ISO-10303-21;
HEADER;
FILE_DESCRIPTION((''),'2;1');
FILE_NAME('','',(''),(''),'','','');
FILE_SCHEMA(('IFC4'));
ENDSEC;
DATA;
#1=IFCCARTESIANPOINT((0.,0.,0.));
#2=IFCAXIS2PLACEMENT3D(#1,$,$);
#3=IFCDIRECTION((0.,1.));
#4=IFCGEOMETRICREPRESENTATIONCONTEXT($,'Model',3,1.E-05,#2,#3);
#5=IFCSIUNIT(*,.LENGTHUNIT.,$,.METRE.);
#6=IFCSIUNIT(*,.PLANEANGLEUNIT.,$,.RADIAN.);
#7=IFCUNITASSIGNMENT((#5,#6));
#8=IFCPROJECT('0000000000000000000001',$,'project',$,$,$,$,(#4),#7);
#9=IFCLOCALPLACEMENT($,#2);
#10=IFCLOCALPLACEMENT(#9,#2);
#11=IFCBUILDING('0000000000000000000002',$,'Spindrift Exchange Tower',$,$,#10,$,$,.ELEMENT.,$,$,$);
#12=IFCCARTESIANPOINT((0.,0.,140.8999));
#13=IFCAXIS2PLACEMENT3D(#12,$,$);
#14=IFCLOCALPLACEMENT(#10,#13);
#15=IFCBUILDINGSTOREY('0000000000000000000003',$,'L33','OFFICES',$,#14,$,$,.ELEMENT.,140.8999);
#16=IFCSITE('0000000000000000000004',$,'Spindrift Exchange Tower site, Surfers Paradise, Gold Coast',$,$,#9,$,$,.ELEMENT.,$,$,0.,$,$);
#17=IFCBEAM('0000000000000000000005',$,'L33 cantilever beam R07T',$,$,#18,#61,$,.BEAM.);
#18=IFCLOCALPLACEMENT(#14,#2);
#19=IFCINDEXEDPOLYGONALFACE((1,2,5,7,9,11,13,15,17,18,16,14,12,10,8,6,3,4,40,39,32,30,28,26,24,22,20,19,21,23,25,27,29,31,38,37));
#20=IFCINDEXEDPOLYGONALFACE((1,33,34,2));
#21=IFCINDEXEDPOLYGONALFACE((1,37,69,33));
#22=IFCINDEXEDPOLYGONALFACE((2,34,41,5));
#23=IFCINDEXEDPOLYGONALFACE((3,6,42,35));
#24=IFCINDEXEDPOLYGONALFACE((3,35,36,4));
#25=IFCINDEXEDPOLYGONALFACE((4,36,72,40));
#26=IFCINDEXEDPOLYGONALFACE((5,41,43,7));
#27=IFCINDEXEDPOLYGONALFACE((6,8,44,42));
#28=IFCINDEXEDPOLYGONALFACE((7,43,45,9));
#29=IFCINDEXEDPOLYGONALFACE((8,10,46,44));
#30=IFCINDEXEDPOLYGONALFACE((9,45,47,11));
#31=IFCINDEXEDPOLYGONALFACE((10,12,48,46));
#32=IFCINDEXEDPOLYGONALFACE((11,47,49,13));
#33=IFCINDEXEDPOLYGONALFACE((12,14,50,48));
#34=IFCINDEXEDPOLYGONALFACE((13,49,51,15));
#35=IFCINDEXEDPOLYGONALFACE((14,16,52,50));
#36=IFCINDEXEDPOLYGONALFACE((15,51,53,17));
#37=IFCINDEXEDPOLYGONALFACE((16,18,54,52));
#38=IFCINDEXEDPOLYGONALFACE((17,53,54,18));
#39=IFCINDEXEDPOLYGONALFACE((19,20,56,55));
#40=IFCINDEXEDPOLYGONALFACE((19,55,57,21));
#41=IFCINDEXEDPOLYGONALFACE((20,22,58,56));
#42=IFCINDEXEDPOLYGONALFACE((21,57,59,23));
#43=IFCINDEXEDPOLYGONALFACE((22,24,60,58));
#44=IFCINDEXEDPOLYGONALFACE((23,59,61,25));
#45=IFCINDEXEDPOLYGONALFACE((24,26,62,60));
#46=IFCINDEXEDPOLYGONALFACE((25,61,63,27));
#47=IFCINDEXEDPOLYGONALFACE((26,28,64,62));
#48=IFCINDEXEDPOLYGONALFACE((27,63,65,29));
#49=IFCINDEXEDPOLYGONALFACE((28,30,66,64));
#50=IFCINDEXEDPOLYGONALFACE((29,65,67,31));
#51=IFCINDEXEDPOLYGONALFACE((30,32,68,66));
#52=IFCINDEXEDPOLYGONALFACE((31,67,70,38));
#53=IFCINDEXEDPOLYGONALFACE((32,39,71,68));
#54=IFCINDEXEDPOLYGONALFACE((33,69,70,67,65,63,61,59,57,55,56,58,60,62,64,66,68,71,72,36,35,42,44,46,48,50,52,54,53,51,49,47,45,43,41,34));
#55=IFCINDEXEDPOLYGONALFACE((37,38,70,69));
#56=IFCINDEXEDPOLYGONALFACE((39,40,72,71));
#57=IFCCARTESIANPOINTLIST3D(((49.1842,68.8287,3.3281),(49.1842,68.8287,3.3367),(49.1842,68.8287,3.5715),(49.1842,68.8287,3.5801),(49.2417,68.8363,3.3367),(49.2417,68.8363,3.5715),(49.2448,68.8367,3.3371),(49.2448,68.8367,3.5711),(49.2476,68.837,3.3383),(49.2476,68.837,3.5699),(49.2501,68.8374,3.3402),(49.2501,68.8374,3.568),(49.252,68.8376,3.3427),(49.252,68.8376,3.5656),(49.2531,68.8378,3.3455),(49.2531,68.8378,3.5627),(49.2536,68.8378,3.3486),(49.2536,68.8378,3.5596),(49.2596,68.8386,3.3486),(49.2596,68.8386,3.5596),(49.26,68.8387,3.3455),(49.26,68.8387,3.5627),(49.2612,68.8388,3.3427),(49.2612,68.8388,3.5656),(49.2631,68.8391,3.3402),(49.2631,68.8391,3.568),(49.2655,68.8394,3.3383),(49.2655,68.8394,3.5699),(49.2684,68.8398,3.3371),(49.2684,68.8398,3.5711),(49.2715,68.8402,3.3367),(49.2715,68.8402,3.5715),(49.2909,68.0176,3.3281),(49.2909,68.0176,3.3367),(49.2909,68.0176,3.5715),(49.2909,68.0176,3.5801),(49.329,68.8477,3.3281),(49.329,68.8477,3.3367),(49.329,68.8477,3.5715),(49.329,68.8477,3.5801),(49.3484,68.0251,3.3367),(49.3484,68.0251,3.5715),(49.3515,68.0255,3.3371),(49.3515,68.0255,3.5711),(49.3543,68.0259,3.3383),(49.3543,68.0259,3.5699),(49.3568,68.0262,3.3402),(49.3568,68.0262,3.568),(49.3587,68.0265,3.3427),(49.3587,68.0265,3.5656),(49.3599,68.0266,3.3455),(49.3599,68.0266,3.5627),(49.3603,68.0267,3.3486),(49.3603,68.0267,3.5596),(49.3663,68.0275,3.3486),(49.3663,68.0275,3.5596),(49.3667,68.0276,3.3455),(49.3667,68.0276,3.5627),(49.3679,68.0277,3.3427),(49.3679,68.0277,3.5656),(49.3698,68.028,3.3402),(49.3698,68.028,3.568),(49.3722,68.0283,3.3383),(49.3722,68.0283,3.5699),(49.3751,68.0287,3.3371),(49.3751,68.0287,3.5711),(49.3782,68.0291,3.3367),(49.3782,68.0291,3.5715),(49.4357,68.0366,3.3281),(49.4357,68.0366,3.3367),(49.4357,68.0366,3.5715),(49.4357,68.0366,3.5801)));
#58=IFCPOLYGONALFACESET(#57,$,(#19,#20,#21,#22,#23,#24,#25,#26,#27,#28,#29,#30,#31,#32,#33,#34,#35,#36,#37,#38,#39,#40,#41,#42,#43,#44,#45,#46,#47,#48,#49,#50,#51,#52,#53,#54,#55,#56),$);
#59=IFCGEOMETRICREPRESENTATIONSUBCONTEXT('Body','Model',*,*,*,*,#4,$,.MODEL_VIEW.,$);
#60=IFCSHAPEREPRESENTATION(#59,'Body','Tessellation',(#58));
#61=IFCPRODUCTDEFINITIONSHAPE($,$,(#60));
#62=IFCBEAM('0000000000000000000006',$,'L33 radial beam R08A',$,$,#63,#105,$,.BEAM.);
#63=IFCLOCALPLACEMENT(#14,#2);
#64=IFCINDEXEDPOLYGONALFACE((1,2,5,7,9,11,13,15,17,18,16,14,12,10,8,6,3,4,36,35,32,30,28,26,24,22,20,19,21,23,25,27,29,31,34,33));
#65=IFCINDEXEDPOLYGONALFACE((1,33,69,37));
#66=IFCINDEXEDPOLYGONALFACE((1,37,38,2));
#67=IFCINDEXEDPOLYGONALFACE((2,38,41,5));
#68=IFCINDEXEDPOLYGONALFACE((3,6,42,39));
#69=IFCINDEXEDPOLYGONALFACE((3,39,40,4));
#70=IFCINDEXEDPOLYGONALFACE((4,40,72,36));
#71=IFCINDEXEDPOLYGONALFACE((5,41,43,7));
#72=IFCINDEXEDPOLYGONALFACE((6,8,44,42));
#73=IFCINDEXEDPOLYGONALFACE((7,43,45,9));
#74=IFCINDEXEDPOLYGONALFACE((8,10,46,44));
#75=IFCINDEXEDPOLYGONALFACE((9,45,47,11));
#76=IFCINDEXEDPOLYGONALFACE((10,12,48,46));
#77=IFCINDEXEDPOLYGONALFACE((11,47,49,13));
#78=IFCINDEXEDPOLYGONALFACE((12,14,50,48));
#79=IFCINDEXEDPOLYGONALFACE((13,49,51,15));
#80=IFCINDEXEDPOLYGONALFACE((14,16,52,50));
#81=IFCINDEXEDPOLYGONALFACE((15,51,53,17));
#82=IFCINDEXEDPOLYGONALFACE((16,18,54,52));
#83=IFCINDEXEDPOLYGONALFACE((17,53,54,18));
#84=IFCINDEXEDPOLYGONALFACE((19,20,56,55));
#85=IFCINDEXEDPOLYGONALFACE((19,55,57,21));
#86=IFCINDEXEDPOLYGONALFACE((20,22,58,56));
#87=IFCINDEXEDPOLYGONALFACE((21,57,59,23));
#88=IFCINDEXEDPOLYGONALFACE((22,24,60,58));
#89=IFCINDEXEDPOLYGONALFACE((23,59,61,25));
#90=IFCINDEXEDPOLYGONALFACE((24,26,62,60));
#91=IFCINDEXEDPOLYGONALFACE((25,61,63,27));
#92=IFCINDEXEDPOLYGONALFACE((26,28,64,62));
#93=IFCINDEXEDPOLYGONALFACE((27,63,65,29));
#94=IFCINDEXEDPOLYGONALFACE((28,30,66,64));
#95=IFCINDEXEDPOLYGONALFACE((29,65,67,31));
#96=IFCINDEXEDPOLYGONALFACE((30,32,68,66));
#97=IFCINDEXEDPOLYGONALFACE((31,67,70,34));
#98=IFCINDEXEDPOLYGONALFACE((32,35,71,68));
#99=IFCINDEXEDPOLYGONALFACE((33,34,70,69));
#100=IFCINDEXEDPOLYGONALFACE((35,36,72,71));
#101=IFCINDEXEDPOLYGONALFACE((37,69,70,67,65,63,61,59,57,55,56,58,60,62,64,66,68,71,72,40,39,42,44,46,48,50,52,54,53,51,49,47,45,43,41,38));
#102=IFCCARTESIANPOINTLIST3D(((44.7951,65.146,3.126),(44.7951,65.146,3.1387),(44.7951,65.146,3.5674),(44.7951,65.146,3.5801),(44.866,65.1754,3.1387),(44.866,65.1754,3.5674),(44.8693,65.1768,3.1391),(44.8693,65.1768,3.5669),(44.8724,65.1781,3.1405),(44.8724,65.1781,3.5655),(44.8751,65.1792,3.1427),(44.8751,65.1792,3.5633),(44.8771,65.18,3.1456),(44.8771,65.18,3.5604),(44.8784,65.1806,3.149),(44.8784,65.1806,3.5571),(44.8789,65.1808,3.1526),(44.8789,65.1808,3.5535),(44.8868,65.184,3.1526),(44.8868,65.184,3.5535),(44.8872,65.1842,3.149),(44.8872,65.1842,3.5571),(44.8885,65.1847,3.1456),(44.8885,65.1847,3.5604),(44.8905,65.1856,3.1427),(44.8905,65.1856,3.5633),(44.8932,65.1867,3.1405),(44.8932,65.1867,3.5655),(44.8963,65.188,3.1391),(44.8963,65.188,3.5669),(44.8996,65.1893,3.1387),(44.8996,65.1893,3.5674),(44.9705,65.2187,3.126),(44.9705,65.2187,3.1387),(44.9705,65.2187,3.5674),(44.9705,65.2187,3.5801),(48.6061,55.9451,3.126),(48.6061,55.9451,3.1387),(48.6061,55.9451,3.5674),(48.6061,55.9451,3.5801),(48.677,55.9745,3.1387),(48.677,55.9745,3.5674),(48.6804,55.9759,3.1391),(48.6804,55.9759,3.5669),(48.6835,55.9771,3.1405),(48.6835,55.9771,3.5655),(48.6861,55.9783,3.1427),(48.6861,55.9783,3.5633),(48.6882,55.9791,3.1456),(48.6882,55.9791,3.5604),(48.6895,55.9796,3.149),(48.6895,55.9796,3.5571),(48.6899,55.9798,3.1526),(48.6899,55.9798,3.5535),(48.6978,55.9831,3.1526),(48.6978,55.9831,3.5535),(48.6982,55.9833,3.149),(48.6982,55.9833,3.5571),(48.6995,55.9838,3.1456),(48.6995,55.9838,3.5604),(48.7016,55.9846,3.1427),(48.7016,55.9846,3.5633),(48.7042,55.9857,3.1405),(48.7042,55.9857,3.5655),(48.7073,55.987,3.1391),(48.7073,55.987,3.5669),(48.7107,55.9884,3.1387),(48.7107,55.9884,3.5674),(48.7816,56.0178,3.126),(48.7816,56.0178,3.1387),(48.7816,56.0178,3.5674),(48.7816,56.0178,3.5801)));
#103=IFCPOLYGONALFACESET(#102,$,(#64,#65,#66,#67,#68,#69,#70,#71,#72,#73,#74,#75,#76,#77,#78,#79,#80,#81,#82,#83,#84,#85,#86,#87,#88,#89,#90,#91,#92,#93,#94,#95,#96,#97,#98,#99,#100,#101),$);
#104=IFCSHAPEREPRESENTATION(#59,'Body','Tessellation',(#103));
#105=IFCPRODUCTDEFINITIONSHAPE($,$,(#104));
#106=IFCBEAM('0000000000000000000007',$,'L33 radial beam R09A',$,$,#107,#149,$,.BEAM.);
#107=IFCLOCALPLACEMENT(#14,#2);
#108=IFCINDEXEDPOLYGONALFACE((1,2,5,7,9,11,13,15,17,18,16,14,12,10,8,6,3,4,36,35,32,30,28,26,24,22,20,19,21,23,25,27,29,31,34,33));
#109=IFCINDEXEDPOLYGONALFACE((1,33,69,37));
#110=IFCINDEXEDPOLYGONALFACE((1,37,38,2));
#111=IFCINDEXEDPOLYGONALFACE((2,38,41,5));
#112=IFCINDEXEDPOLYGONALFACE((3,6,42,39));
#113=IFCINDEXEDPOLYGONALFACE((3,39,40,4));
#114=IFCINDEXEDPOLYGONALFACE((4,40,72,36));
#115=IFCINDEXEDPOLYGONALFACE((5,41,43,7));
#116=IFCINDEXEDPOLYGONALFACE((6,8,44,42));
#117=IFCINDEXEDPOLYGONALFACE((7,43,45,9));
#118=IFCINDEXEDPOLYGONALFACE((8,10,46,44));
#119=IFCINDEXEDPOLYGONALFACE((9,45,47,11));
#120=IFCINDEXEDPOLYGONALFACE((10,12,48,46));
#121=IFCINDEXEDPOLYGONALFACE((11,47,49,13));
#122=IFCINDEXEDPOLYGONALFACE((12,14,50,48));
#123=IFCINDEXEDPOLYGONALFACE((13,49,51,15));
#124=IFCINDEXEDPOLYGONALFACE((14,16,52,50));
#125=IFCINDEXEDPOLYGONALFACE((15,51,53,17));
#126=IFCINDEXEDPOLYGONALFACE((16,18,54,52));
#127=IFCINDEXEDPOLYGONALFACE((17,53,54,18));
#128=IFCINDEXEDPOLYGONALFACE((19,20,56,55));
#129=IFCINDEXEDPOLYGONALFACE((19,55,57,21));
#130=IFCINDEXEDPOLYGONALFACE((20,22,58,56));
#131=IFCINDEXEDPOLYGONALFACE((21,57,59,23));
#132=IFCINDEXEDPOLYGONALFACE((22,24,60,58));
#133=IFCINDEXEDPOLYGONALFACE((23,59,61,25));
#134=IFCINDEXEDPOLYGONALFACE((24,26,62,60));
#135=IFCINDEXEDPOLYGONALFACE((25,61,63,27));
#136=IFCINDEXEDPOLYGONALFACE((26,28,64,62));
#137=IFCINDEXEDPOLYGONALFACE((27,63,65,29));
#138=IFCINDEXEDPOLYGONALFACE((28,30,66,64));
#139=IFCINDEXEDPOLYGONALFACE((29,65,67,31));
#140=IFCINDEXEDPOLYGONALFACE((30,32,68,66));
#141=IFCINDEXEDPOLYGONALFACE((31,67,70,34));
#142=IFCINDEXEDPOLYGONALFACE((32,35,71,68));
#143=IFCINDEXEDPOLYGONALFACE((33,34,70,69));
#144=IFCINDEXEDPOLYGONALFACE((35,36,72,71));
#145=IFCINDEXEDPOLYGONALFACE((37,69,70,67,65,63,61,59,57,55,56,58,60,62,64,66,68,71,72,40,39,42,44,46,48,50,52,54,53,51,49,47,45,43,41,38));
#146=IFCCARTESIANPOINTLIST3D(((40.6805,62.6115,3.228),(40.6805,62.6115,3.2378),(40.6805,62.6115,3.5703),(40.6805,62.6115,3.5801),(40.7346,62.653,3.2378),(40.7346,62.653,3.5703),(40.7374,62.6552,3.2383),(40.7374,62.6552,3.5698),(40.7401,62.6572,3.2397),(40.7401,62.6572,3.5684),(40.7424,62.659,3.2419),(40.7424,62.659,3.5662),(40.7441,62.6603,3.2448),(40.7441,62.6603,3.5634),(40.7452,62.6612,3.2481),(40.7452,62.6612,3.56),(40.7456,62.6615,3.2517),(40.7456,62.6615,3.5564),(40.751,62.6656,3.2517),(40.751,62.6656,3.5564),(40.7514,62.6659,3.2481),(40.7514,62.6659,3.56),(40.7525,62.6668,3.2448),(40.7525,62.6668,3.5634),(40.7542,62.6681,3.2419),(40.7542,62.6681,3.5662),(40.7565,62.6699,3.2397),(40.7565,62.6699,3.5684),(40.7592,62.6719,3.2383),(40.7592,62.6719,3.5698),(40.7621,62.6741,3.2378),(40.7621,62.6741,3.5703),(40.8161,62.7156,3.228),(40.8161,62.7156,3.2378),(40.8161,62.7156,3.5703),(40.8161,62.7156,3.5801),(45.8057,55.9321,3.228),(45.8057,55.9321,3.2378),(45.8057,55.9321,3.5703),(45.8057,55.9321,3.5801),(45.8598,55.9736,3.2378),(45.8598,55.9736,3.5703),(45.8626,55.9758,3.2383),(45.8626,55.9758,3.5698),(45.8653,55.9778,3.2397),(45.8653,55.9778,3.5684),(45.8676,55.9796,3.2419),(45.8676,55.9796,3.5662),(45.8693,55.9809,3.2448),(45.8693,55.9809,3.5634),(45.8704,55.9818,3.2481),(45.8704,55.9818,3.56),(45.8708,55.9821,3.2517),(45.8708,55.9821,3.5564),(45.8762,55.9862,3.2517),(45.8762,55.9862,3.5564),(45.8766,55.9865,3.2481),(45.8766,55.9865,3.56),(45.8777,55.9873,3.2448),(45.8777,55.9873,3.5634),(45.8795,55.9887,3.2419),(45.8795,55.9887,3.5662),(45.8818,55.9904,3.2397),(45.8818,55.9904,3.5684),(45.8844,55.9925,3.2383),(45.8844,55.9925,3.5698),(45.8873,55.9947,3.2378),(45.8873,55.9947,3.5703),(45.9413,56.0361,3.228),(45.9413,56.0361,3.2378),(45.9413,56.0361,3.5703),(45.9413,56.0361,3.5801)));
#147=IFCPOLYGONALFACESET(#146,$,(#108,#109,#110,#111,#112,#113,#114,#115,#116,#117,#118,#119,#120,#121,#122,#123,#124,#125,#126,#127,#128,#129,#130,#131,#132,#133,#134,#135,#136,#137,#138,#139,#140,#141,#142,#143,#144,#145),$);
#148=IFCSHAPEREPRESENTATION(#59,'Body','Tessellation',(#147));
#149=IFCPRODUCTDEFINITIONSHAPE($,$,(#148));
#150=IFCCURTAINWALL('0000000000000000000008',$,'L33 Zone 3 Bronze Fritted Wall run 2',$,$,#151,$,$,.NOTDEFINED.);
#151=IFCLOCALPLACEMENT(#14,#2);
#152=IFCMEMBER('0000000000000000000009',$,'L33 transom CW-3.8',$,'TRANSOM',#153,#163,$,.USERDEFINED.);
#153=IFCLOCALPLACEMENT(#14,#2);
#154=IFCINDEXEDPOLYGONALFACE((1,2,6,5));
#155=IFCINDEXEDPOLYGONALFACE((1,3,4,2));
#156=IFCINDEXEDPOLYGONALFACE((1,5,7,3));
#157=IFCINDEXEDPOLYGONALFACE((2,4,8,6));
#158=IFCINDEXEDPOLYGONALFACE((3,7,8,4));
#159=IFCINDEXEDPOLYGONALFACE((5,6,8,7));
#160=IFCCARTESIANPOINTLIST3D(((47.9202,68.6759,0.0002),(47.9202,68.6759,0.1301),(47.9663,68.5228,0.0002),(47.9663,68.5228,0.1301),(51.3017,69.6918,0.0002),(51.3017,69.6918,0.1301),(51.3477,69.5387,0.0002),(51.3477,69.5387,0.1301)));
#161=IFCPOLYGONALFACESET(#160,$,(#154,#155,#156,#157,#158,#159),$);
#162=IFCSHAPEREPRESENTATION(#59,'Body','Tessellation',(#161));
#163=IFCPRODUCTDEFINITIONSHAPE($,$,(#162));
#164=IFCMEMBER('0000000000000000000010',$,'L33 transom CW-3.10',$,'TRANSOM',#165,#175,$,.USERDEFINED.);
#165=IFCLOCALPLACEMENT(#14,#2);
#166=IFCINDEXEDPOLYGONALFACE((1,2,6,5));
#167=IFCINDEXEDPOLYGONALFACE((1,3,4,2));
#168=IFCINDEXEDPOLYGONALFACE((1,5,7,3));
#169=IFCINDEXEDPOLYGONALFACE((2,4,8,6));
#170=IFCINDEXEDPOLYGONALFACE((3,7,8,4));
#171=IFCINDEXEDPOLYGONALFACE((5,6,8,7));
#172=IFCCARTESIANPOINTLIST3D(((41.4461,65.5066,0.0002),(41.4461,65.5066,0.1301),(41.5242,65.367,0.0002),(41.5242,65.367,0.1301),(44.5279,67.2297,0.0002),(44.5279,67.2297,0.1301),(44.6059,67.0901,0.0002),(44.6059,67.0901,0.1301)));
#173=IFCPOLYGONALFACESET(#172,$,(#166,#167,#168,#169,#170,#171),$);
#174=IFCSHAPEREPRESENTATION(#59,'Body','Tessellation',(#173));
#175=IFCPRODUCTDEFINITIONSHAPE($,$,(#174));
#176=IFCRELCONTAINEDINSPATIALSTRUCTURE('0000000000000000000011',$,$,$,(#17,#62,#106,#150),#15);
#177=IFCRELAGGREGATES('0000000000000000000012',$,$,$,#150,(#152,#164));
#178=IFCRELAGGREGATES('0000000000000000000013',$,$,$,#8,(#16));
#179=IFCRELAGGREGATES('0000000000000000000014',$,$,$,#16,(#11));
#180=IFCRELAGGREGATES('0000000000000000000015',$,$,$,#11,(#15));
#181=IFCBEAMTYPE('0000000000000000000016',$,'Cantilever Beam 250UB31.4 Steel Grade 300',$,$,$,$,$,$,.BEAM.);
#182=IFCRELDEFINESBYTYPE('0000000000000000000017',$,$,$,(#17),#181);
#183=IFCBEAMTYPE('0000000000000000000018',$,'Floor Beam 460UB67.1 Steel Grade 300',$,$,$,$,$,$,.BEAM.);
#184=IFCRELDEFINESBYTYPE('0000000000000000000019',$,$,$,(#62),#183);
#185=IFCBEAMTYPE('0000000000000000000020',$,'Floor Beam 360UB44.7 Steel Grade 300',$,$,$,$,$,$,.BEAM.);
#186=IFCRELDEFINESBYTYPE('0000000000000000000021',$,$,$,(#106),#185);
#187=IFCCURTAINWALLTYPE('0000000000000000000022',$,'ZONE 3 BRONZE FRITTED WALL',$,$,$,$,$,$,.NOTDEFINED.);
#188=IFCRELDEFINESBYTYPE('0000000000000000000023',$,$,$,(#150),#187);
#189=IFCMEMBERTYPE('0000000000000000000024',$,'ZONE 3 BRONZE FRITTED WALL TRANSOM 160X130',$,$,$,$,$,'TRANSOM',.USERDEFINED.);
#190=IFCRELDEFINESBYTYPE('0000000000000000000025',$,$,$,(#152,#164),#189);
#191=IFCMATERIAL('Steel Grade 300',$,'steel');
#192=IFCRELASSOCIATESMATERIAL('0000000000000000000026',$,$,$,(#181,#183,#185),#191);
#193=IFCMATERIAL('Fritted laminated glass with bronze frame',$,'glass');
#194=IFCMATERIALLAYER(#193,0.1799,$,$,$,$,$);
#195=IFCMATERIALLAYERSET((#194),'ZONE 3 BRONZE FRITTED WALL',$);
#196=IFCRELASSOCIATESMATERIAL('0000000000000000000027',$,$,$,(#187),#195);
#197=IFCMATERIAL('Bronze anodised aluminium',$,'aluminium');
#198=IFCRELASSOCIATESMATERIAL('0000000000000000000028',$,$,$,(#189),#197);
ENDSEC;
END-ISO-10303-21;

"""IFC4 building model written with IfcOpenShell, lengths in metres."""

from ifc_helpers import new_model, si_unit, direction, frame, origin, origin_2d, place, context, subcontext, project, spatial, rectangle, i_section, extrude, source, transform, mapped, material, layer, layer_set, material_profile, profile_set, type_object, element, aggregate, save


model = new_model("IFC4")

# Units and contexts
model_context = context("Model", 3, precision=1e-05, world=origin(), true_north=direction((0.0, 1.0)))
body_context = subcontext(model_context, "Body", "Model", "MODEL_VIEW")
ifc_project = project(units=[si_unit("LENGTHUNIT", "METRE"), si_unit("PLANEANGLEUNIT", "RADIAN")], contexts=[model_context])

# Site, building, storey
site_placement = place(None, origin())
site = spatial("IfcSite", under=ifc_project, at=site_placement, Name="Spindrift Exchange Tower site, Surfers Paradise, Gold Coast", CompositionType="ELEMENT", RefElevation=0.0)
building_placement = place(site_placement, origin())
building = spatial("IfcBuilding", under=site, at=building_placement, Name="Spindrift Exchange Tower", CompositionType="ELEMENT")
storey_placement = place(building_placement, frame((0.0, 0.0, 140.8999)))
storey = spatial("IfcBuildingStorey", under=building, at=storey_placement, Name="L33", Description="OFFICES", CompositionType="ELEMENT", Elevation=140.8999)

# Beams
ifc_material_1 = material(Name="Steel Grade 300", Category="steel")
ifc_material_profile_1 = material_profile(ifc_material_1, i_section(OverallWidth=0.146, OverallDepth=0.252, WebThickness=0.0061, FlangeThickness=0.0085, FilletRadius=0.012, at=origin_2d()), Name="250UB31.4")
ifc_profile_set_1 = profile_set([ifc_material_profile_1], Name="Steel Grade 300")
beam_type_1 = type_object("IfcBeamType", Name="Cantilever Beam 250UB31.4 Steel Grade 300", PredefinedType="BEAM", material=ifc_profile_set_1)
shared_shape_1 = source(origin(), body_context, "Body", "SweptSolid", [
    extrude(i_section(OverallWidth=0.146, OverallDepth=0.252, WebThickness=0.0061, FlangeThickness=0.0085, FilletRadius=0.012, at=origin_2d()), origin(), (0.0, 0.0, 1.0), 0.8181),
])
beam_1_placement = place(storey_placement, frame((49.3633, 68.0271, 3.4541), z_axis=(-0.130424, 0.991458, 0.0), x_axis=(-0.991458, -0.130424, 0.0)))
element("IfcBeam", 1, at=beam_1_placement, inside=storey, type_object=beam_type_1, Name="L33 cantilever beam R07T", PredefinedType="BEAM", context=body_context, shape_type="MappedRepresentation", body=[
    mapped(shared_shape_1, transform((0.0, 0.0, 0.0), scale=1.0)),
])
ifc_material_profile_2 = material_profile(ifc_material_1, i_section(OverallWidth=0.1899, OverallDepth=0.4541, WebThickness=0.0085, FlangeThickness=0.0127, FilletRadius=0.0139, at=origin_2d()), Name="460UB67.1")
ifc_profile_set_2 = profile_set([ifc_material_profile_2], Name="Steel Grade 300")
beam_type_2 = type_object("IfcBeamType", Name="Floor Beam 460UB67.1 Steel Grade 300", PredefinedType="BEAM", material=ifc_profile_set_2)
shared_shape_2 = source(origin(), body_context, "Body", "SweptSolid", [
    extrude(i_section(OverallWidth=0.1899, OverallDepth=0.4541, WebThickness=0.0085, FlangeThickness=0.0127, FilletRadius=0.0139, at=origin_2d()), origin(), (0.0, 0.0, 1.0), 9.959),
])
beam_2_placement = place(storey_placement, frame((48.6938, 55.9814, 3.353), z_axis=(-0.382674, 0.923884, 0.0), x_axis=(-0.923884, -0.382674, 0.0)))
element("IfcBeam", 2, at=beam_2_placement, inside=storey, type_object=beam_type_2, Name="L33 radial beam R08A", PredefinedType="BEAM", context=body_context, shape_type="MappedRepresentation", body=[
    mapped(shared_shape_2, transform((0.0, 0.0, 0.0), scale=1.0)),
])
ifc_material_profile_3 = material_profile(ifc_material_1, i_section(OverallWidth=0.1709, OverallDepth=0.3521, WebThickness=0.0068, FlangeThickness=0.0098, FilletRadius=0.0139, at=origin_2d()), Name="360UB44.7")
ifc_profile_set_3 = profile_set([ifc_material_profile_3], Name="Steel Grade 300")
beam_type_3 = type_object("IfcBeamType", Name="Floor Beam 360UB44.7 Steel Grade 300", PredefinedType="BEAM", material=ifc_profile_set_3)
shared_shape_3 = source(origin(), body_context, "Body", "SweptSolid", [
    extrude(i_section(OverallWidth=0.1709, OverallDepth=0.3521, WebThickness=0.0068, FlangeThickness=0.0098, FilletRadius=0.0139, at=origin_2d()), origin(), (0.0, 0.0, 1.0), 8.4192),
])
beam_3_placement = place(storey_placement, frame((45.8735, 55.9841, 3.4041), z_axis=(-0.608756, 0.793358, 0.0), x_axis=(-0.793358, -0.608756, 0.0)))
element("IfcBeam", 3, at=beam_3_placement, inside=storey, type_object=beam_type_3, Name="L33 radial beam R09A", PredefinedType="BEAM", context=body_context, shape_type="MappedRepresentation", body=[
    mapped(shared_shape_3, transform((0.0, 0.0, 0.0), scale=1.0)),
])

# Curtain wall, members
ifc_material_2 = material(Name="Fritted laminated glass with bronze frame", Category="glass")
ifc_layer_1 = layer(ifc_material_2, 0.1799)
ifc_layer_set_1 = layer_set([ifc_layer_1], Name="ZONE 3 BRONZE FRITTED WALL")
curtain_wall_type = type_object("IfcCurtainWallType", Name="ZONE 3 BRONZE FRITTED WALL", PredefinedType="NOTDEFINED", material=ifc_layer_set_1)
curtain_wall_placement = place(storey_placement, origin())
curtain_wall = element("IfcCurtainWall", 4, at=curtain_wall_placement, inside=storey, type_object=curtain_wall_type, Name="L33 Zone 3 Bronze Fritted Wall run 2", PredefinedType="NOTDEFINED")
ifc_material_3 = material(Name="Bronze anodised aluminium", Category="aluminium")
ifc_material_profile_4 = material_profile(ifc_material_3, rectangle(XDim=0.1599, YDim=0.1299, at=origin_2d()), Name="ZONE 3 BRONZE FRITTED WALL TRANSOM 160X130")
ifc_profile_set_4 = profile_set([ifc_material_profile_4], Name="Bronze anodised aluminium")
member_type_1 = type_object("IfcMemberType", Name="ZONE 3 BRONZE FRITTED WALL TRANSOM 160X130", ElementType="TRANSOM", PredefinedType="USERDEFINED", material=ifc_profile_set_4)
shared_shape_4 = source(origin(), body_context, "Body", "SweptSolid", [
    extrude(rectangle(XDim=0.1599, YDim=0.1299, at=origin_2d()), origin(), (0.0, 0.0, 1.0), 3.5308),
])
member_1_placement = place(storey_placement, frame((51.3247, 69.6152, 0.0652), z_axis=(-0.957712, -0.287728, 0.0), x_axis=(0.287728, -0.957712, 0.0)))
member_1 = element("IfcMember", 5, at=member_1_placement, type_object=member_type_1, Name="L33 transom CW-3.8", ObjectType="TRANSOM", PredefinedType="USERDEFINED", context=body_context, shape_type="MappedRepresentation", body=[
    mapped(shared_shape_4, transform((0.0, 0.0, 0.0), scale=1.0)),
])
member_2_placement = place(storey_placement, frame((44.5669, 67.1599, 0.0652), z_axis=(-0.872827, -0.488031, 0.0), x_axis=(0.488031, -0.872827, 0.0)))
member_2 = element("IfcMember", 6, at=member_2_placement, type_object=member_type_1, Name="L33 transom CW-3.10", ObjectType="TRANSOM", PredefinedType="USERDEFINED", context=body_context, shape_type="MappedRepresentation", body=[
    mapped(shared_shape_4, transform((0.0, 0.0, 0.0), scale=1.0)),
])
aggregate(curtain_wall, [member_1, member_2])

save(model, "model.ifc")
